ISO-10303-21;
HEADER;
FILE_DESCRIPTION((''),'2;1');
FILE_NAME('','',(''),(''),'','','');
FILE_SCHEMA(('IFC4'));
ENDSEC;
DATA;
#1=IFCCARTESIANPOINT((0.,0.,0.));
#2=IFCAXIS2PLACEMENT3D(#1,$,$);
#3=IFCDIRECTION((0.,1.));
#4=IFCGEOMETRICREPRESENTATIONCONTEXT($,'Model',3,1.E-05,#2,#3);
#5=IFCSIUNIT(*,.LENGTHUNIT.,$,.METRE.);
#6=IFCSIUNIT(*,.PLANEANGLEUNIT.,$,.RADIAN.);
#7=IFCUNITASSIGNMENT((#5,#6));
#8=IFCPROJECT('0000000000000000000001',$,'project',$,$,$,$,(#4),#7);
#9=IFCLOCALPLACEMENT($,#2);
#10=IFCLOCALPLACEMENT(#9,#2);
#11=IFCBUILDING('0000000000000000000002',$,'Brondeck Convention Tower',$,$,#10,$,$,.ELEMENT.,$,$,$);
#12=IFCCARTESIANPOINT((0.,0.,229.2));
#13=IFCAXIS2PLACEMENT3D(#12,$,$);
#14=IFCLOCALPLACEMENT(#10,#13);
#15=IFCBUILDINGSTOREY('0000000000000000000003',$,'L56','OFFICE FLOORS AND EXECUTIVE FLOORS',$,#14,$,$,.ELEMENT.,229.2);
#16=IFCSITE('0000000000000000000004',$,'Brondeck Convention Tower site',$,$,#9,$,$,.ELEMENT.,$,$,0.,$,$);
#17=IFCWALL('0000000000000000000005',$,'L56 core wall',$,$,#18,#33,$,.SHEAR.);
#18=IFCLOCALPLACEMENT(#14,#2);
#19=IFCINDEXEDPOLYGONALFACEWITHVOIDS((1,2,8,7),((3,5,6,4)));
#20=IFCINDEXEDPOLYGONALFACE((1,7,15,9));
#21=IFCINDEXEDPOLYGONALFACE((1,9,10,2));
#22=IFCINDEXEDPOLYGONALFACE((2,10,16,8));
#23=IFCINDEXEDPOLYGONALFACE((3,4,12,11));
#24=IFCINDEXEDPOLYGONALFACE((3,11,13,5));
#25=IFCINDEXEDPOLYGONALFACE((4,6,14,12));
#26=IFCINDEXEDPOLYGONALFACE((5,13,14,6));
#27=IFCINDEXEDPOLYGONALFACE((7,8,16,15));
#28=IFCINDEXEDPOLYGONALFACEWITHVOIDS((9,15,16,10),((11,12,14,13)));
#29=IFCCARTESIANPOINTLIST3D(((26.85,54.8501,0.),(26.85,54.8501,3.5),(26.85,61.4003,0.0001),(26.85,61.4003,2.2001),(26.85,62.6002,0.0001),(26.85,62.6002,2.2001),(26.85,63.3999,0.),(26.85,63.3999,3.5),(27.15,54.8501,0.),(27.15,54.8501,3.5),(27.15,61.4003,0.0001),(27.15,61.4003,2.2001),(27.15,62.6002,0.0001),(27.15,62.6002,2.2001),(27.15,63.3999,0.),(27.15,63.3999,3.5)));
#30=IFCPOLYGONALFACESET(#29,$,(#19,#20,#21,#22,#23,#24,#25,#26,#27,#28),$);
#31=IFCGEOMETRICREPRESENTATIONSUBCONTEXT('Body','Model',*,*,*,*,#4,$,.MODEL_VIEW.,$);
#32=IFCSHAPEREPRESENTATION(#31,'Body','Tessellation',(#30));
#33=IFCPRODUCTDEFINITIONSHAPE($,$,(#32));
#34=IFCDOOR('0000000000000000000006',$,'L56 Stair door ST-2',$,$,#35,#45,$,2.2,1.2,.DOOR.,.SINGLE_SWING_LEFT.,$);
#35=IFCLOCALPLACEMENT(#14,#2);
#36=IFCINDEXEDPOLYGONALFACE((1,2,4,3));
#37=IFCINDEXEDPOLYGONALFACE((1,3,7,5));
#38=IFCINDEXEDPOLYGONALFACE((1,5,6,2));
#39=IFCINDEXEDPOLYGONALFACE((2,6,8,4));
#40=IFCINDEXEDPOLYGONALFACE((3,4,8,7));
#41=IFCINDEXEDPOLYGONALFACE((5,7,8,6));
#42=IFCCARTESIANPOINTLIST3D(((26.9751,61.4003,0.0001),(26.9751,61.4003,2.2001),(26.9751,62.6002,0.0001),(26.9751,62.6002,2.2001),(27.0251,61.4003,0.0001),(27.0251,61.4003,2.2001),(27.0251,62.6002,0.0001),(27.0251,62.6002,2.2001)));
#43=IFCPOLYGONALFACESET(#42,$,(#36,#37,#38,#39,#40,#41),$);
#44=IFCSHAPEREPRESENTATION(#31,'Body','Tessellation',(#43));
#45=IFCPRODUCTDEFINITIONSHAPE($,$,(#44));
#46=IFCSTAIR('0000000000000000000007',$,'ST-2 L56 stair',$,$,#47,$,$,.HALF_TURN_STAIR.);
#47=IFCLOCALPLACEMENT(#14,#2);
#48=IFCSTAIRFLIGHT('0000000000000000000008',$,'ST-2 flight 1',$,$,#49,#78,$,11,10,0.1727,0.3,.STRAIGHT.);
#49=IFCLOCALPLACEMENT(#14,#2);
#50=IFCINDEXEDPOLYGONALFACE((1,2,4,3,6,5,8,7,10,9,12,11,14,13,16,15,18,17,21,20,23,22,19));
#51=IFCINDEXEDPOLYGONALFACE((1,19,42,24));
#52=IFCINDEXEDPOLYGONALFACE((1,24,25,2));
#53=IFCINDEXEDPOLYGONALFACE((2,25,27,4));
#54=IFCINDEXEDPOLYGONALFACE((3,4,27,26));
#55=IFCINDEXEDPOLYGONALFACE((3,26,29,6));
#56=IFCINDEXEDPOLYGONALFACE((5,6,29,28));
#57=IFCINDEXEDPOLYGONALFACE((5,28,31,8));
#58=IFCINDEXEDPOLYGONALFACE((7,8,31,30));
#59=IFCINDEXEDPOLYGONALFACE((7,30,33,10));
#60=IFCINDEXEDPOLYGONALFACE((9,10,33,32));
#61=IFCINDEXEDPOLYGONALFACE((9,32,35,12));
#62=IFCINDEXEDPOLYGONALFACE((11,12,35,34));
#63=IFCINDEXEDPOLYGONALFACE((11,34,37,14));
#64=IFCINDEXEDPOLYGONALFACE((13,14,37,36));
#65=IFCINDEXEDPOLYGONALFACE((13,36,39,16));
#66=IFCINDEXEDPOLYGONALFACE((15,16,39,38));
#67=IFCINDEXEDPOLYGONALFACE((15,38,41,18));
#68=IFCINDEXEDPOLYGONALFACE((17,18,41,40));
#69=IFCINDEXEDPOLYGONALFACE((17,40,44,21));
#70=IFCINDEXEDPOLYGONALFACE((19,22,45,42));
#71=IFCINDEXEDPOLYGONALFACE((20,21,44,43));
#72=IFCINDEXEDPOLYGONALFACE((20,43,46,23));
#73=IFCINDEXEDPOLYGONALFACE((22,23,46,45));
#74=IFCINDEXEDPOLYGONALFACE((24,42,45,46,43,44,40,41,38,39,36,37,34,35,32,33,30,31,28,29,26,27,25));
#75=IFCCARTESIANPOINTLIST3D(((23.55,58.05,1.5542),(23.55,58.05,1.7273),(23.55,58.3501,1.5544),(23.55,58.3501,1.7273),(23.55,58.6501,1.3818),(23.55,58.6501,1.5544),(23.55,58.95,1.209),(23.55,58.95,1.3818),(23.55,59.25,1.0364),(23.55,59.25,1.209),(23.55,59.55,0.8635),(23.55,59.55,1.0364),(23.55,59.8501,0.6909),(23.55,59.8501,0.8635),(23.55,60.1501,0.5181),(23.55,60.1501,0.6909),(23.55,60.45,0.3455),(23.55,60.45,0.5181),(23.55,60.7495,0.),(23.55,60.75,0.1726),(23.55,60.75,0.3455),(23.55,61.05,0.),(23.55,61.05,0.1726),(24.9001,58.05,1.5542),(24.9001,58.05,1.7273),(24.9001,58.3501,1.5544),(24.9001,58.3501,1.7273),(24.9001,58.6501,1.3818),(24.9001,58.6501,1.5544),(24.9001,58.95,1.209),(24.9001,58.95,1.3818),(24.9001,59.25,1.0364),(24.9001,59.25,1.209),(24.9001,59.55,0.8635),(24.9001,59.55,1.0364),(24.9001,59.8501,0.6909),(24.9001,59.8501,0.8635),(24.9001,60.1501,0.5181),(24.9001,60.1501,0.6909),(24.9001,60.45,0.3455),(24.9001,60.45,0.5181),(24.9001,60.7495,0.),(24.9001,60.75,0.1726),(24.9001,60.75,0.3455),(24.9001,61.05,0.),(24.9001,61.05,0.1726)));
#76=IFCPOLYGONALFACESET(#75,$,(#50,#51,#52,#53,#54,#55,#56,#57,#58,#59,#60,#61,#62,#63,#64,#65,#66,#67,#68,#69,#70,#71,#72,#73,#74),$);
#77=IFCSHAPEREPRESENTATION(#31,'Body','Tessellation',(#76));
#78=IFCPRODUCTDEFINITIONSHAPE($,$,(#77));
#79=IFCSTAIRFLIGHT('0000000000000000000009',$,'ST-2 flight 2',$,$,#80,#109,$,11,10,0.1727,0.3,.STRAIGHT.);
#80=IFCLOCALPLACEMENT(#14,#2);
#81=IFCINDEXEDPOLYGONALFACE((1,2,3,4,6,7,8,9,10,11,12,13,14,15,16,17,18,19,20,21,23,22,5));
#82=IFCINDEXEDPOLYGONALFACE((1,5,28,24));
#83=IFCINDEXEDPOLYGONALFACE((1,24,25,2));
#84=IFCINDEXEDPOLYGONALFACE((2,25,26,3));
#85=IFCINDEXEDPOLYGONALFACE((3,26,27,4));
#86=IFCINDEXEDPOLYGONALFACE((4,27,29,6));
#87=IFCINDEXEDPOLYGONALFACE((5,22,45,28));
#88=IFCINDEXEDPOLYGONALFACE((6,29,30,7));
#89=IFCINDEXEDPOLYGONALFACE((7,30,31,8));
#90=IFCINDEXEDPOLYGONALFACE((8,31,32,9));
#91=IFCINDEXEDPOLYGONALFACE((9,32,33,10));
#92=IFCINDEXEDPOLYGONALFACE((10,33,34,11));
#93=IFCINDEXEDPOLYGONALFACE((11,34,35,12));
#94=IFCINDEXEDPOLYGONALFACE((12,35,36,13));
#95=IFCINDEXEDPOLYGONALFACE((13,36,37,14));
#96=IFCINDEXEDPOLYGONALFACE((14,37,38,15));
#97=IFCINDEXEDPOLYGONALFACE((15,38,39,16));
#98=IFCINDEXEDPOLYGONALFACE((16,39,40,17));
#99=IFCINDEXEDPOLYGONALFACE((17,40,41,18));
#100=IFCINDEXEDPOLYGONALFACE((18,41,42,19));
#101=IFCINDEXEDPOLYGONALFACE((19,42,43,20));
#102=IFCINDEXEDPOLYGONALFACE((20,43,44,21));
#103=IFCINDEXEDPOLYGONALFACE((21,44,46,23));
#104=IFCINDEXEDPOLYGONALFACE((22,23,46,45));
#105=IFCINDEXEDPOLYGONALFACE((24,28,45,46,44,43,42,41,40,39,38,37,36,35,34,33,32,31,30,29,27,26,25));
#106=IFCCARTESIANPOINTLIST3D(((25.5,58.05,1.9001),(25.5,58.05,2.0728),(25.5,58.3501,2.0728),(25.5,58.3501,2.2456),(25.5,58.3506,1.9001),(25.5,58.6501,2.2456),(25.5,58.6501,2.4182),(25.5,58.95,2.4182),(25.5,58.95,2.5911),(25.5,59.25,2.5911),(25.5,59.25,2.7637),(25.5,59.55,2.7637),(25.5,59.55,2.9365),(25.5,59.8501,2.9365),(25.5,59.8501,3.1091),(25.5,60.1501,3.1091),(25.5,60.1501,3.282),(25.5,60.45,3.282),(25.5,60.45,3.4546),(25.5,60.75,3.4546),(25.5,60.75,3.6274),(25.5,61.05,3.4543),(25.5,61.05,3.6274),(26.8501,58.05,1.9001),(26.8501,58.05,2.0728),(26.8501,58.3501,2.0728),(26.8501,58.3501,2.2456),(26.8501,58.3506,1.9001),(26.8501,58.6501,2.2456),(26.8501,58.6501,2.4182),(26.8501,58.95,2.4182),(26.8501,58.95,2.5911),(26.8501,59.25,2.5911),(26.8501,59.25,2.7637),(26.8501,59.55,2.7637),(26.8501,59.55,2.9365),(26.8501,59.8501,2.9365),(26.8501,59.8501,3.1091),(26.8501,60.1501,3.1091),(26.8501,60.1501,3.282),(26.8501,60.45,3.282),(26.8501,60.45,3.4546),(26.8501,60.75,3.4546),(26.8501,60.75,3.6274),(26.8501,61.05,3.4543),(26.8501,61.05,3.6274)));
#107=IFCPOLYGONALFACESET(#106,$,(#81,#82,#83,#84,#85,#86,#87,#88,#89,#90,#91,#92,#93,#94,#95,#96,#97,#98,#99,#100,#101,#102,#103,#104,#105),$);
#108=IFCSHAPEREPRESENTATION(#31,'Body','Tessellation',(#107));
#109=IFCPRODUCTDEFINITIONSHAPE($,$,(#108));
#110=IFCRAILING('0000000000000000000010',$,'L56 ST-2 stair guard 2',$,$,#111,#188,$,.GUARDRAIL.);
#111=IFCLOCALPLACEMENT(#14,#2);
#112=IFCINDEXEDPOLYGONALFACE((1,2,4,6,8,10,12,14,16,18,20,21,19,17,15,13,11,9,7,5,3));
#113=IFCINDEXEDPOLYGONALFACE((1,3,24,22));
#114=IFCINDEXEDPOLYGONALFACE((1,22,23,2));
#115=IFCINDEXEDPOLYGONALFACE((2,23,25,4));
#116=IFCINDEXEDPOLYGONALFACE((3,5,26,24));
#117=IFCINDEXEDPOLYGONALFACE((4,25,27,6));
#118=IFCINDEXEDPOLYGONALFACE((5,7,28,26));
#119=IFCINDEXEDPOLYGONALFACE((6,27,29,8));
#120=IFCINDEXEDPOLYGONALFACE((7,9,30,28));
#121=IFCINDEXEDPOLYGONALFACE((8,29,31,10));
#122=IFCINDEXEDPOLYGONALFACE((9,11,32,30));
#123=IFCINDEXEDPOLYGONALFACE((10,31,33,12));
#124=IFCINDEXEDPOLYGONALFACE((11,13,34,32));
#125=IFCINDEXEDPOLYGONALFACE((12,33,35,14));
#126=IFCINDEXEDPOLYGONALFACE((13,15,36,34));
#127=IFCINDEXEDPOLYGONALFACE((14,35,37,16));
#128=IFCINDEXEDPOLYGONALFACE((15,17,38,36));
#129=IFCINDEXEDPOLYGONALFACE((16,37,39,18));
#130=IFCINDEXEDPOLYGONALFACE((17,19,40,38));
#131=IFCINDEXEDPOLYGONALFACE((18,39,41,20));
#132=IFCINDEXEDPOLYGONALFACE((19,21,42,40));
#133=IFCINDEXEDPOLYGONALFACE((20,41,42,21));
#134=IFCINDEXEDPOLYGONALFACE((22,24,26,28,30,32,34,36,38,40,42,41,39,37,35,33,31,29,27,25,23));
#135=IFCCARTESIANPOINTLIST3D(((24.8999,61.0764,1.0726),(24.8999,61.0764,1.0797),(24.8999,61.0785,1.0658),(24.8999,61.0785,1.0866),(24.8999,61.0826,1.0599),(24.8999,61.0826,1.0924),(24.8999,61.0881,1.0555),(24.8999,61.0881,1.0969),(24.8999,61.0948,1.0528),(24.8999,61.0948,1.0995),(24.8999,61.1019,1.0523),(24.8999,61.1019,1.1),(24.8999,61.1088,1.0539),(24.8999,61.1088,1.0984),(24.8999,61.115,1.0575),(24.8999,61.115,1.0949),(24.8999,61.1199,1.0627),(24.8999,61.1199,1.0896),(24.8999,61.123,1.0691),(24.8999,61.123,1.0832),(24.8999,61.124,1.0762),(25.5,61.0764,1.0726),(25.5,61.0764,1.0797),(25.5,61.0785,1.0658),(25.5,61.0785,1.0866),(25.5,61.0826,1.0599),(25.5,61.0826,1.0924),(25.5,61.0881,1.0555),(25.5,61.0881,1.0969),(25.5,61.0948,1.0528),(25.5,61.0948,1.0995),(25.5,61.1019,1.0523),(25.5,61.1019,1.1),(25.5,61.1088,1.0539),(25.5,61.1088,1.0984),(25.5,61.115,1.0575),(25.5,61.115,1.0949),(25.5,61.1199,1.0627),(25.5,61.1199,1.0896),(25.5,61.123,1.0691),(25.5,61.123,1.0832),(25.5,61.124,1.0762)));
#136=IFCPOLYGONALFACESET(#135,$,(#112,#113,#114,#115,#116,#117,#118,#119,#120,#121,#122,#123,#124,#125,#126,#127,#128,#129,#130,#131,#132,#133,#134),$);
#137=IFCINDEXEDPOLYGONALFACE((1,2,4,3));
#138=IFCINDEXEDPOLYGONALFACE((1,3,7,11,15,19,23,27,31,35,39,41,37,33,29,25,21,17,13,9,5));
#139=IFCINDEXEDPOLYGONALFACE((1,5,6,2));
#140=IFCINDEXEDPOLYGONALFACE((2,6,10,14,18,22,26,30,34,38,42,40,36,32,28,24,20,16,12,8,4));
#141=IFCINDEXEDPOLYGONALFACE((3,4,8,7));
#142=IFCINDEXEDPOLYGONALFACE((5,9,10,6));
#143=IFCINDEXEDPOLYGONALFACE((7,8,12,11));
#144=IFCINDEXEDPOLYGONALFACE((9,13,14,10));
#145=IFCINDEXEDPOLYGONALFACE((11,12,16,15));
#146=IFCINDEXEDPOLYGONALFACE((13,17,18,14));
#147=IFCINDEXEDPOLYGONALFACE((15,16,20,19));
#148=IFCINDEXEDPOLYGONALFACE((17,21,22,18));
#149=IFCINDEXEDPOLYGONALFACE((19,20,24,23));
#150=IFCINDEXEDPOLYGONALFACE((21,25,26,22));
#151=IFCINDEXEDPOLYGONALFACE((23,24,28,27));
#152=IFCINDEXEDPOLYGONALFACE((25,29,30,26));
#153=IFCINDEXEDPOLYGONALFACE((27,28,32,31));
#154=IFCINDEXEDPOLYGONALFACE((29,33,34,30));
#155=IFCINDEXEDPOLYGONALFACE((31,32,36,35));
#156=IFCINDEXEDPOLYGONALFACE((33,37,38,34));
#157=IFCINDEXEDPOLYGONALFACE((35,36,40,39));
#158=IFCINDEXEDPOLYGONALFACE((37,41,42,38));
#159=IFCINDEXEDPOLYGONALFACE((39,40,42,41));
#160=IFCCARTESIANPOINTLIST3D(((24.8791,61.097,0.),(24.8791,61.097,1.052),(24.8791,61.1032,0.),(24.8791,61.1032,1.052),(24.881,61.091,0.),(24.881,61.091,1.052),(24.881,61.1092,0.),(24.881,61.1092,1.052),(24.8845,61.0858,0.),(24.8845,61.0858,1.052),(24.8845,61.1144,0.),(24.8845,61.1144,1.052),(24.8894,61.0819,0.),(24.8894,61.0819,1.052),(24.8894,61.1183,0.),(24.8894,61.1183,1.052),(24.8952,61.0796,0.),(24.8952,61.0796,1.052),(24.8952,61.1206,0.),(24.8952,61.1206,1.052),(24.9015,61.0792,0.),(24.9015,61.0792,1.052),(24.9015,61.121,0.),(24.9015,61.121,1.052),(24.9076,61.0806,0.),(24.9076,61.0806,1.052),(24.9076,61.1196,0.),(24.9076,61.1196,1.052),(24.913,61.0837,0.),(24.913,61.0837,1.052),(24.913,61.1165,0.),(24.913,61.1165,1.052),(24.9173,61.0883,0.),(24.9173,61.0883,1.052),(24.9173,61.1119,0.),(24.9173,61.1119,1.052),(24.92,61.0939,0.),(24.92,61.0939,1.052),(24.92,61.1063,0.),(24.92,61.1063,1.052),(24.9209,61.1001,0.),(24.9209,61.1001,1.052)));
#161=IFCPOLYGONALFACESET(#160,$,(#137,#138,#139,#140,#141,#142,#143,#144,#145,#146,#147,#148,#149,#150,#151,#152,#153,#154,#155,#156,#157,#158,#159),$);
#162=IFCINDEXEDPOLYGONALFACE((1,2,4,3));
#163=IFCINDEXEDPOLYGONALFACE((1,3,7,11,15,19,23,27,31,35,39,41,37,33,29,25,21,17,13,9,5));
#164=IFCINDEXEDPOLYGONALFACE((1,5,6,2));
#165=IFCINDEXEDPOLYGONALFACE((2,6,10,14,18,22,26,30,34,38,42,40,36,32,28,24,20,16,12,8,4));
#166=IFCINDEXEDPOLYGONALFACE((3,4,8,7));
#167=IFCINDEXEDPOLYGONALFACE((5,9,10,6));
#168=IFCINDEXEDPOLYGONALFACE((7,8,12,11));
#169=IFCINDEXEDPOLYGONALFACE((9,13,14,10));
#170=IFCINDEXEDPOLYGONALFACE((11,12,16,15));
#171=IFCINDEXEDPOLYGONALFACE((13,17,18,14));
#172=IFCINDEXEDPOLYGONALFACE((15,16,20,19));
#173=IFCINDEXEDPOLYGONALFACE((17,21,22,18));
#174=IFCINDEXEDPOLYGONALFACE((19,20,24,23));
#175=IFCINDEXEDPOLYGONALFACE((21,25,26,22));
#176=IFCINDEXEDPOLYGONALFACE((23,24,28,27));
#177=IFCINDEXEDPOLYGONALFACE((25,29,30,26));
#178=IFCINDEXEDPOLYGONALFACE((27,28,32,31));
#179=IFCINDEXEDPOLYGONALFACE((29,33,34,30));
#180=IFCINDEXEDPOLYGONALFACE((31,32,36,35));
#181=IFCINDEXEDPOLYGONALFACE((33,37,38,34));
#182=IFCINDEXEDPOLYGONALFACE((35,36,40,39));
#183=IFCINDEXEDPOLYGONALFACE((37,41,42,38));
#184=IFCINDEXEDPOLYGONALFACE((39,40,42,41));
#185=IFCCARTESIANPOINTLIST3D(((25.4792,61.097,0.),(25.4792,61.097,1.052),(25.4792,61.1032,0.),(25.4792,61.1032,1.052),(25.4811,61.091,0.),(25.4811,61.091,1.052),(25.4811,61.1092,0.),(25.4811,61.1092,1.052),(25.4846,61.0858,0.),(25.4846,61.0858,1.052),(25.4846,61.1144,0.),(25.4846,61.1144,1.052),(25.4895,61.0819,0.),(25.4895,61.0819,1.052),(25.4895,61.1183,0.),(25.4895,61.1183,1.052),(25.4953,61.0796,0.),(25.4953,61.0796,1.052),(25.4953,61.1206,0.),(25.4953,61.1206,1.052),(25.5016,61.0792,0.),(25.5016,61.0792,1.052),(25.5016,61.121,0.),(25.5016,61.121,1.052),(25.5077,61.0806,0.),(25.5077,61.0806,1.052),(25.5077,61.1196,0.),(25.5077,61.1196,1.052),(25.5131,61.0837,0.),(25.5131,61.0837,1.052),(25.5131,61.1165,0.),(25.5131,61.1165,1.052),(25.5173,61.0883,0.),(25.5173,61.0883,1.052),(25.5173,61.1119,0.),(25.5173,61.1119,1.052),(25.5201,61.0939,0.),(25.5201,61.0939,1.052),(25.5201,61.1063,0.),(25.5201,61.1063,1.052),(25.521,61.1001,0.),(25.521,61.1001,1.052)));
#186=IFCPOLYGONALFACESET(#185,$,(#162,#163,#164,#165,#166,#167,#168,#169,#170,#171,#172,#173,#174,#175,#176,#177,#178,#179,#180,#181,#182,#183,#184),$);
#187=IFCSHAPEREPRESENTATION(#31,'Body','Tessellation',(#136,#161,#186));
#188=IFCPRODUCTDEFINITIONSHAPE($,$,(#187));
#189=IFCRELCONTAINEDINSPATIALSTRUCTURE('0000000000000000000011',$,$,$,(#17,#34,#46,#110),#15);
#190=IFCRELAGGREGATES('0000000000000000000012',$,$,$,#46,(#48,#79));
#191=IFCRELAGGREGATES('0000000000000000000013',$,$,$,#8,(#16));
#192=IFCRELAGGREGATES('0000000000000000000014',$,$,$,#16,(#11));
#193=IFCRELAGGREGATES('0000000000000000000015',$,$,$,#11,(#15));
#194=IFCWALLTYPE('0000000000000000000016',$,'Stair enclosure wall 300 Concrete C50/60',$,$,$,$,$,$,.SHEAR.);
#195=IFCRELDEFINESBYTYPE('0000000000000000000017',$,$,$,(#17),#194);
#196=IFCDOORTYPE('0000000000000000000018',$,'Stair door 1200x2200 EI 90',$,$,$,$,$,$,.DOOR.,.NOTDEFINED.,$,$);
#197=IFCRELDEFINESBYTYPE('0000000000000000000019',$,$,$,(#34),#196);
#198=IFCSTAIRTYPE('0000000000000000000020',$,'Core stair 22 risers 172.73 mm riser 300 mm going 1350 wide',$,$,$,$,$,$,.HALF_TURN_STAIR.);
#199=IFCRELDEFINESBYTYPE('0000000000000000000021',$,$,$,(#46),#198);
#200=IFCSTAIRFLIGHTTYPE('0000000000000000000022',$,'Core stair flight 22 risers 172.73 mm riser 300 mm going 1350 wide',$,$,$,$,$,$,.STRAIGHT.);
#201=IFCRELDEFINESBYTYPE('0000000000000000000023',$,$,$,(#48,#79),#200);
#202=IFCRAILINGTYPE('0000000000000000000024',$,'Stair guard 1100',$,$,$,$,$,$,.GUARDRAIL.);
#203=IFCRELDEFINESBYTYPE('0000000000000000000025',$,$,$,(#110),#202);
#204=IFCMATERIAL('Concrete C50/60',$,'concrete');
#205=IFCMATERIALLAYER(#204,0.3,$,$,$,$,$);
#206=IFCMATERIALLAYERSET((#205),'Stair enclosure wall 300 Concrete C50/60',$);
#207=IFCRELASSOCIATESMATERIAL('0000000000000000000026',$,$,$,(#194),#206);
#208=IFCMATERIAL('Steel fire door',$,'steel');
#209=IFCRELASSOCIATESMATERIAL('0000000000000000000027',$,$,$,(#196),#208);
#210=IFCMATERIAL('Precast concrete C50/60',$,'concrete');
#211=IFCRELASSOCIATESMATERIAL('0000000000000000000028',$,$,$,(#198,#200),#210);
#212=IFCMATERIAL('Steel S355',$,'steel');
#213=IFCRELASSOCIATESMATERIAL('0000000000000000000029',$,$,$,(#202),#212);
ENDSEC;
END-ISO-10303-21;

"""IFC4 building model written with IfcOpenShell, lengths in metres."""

from ifc_helpers import new_model, si_unit, direction, frame, frame_2d, origin, origin_2d, place, context, subcontext, project, spatial, polyline, rectangle, circle, outline, extrude, material, layer, layer_set, type_object, element, fill, aggregate, save


model = new_model("IFC4")

# Units and contexts
model_context = context("Model", 3, precision=1e-05, world=origin(), true_north=direction((0.0, 1.0)))
body_context = subcontext(model_context, "Body", "Model", "MODEL_VIEW")
ifc_project = project(units=[si_unit("LENGTHUNIT", "METRE"), si_unit("PLANEANGLEUNIT", "RADIAN")], contexts=[model_context])

# Site, building, storey
site_placement = place(None, origin())
site = spatial("IfcSite", under=ifc_project, at=site_placement, Name="Brondeck Convention Tower site", CompositionType="ELEMENT", RefElevation=0.0)
building_placement = place(site_placement, origin())
building = spatial("IfcBuilding", under=site, at=building_placement, Name="Brondeck Convention Tower", CompositionType="ELEMENT")
storey_placement = place(building_placement, frame((0.0, 0.0, 229.2)))
storey = spatial("IfcBuildingStorey", under=building, at=storey_placement, Name="L56", Description="OFFICE FLOORS AND EXECUTIVE FLOORS", CompositionType="ELEMENT", Elevation=229.2)

# Shared definitions
ifc_material_1 = material(Name="Concrete C50/60", Category="concrete")

# Shared definitions
ifc_material_2 = material(Name="Steel fire door", Category="steel")

# Shared definitions
ifc_layer_1 = layer(ifc_material_1, 0.3)
ifc_layer_set_1 = layer_set([ifc_layer_1], Name="Stair enclosure wall 300 Concrete C50/60")
wall_type_1 = type_object("IfcWallType", Name="Stair enclosure wall 300 Concrete C50/60", PredefinedType="SHEAR", material=ifc_layer_set_1)

# Wall, opening, door
wall_1_placement = place(storey_placement, frame((27.0, 54.8501, 0.0), z_axis=(0.0, 0.0, 1.0), x_axis=(0.0, 1.0, 0.0)))
wall_1 = element("IfcWall", 1, at=wall_1_placement, inside=storey, type_object=wall_type_1, Name="L56 core wall", PredefinedType="SHEAR", context=body_context, shape_type="SweptSolid", body=[
    extrude(rectangle(XDim=8.5498, YDim=0.3, at=frame_2d((4.2749, 0.0))), origin(), (0.0, 0.0, 1.0), 3.5),
])
opening_1_placement = place(wall_1_placement, frame((6.55, 0.0, 0.0)))
opening_1 = element("IfcOpeningElement", 2, at=opening_1_placement, cuts=wall_1, PredefinedType="OPENING", context=body_context, shape_type="SweptSolid", body=[
    extrude(rectangle(XDim=1.2, YDim=2.2, at=frame_2d((0.6001, 1.1001))), frame((0.0, 0.1599, 0.0), z_axis=(0.0, -1.0, 0.0), x_axis=(1.0, 0.0, 0.0)), (0.0, 0.0, 1.0), 0.3201),
])
door_type_1 = type_object("IfcDoorType", Name="Stair door 1200x2200 EI 90", OperationType="NOTDEFINED", PredefinedType="DOOR", material=ifc_material_2)
door_1_placement = place(opening_1_placement, origin())
door_1 = element("IfcDoor", 3, at=door_1_placement, inside=storey, type_object=door_type_1, Name="L56 Stair door ST-2", OperationType="SINGLE_SWING_LEFT", OverallHeight=2.2, OverallWidth=1.2, PredefinedType="DOOR", context=body_context, shape_type="SweptSolid", body=[
    extrude(rectangle(XDim=1.2, YDim=2.2, at=frame_2d((0.6001, 1.1001))), frame((0.0, 0.0249, 0.0), z_axis=(0.0, -1.0, 0.0), x_axis=(1.0, 0.0, 0.0)), (0.0, 0.0, 1.0), 0.05),
])
fill(opening_1, door_1)

# Stair, stair flights
ifc_material_3 = material(Name="Precast concrete C50/60", Category="concrete")
stair_type = type_object("IfcStairType", Name="Core stair 22 risers 172.73 mm riser 300 mm going 1350 wide", PredefinedType="HALF_TURN_STAIR", material=ifc_material_3)
stair_placement = place(storey_placement, origin())
stair = element("IfcStair", 4, at=stair_placement, inside=storey, type_object=stair_type, Name="ST-2 L56 stair", PredefinedType="HALF_TURN_STAIR")
stair_flight_type = type_object("IfcStairFlightType", Name="Core stair flight 22 risers 172.73 mm riser 300 mm going 1350 wide", PredefinedType="STRAIGHT", material=ifc_material_3)
stair_flight_1_placement = place(storey_placement, frame((24.2251, 61.05, 0.0), z_axis=(0.0, 0.0, 1.0), x_axis=(0.0, -1.0, 0.0)))
stair_flight_1 = element("IfcStairFlight", 5, at=stair_flight_1_placement, type_object=stair_flight_type, Name="ST-2 flight 1", NumberOfRisers=11, NumberOfTreads=10, PredefinedType="STRAIGHT", RiserHeight=0.1727, TreadLength=0.3, context=body_context, shape_type="SweptSolid", body=[
    extrude(outline(polyline([(0.0, 0.0), (0.0, 0.1726), (0.3, 0.1726), (0.3, 0.3455), (0.6001, 0.3455), (0.6001, 0.5181), (0.8999, 0.5181), (0.8999, 0.6909), (1.2, 0.6909), (1.2, 0.8635), (1.5, 0.8635), (1.5, 1.0364), (1.8, 1.0364), (1.8, 1.209), (2.1001, 1.209), (2.1001, 1.3818), (2.3999, 1.3818), (2.3999, 1.5544), (2.7, 1.5544), (2.7, 1.7273), (3.0, 1.7273), (3.0, 1.8999), (3.0, 1.5542), (0.3005, 0.0), (0.0, 0.0)])), frame((0.0, 0.675, 0.0), z_axis=(0.0, -1.0, 0.0), x_axis=(1.0, 0.0, 0.0)), (0.0, 0.0, 1.0), 1.3501),
])
stair_flight_2_placement = place(storey_placement, frame((26.175, 58.05, 1.9001), z_axis=(0.0, 0.0, 1.0), x_axis=(0.0, 1.0, 0.0)))
stair_flight_2 = element("IfcStairFlight", 6, at=stair_flight_2_placement, type_object=stair_flight_type, Name="ST-2 flight 2", NumberOfRisers=11, NumberOfTreads=10, PredefinedType="STRAIGHT", RiserHeight=0.1727, TreadLength=0.3, context=body_context, shape_type="SweptSolid", body=[
    extrude(outline(polyline([(0.0, 0.0), (0.0, 0.1726), (0.3, 0.1726), (0.3, 0.3455), (0.6001, 0.3455), (0.6001, 0.5181), (0.8999, 0.5181), (0.8999, 0.6909), (1.2, 0.6909), (1.2, 0.8635), (1.5, 0.8635), (1.5, 1.0364), (1.8, 1.0364), (1.8, 1.209), (2.1001, 1.209), (2.1001, 1.3818), (2.3999, 1.3818), (2.3999, 1.5544), (2.7, 1.5544), (2.7, 1.7273), (3.0, 1.7273), (3.0, 1.8999), (3.0, 1.5542), (0.3005, 0.0), (0.0, 0.0)])), frame((0.0, 0.675, 0.0), z_axis=(0.0, -1.0, 0.0), x_axis=(1.0, 0.0, 0.0)), (0.0, 0.0, 1.0), 1.3501),
])
aggregate(stair, [stair_flight_1, stair_flight_2])

# Railing
ifc_material_4 = material(Name="Steel S355", Category="steel")
railing_type_1 = type_object("IfcRailingType", Name="Stair guard 1100", PredefinedType="GUARDRAIL", material=ifc_material_4)
railing_1_placement = place(storey_placement, frame((24.8999, 61.1001, 0.0)))
element("IfcRailing", 7, at=railing_1_placement, inside=storey, type_object=railing_type_1, Name="L56 ST-2 stair guard 2", PredefinedType="GUARDRAIL", context=body_context, shape_type="SweptSolid", body=[
    extrude(circle(Radius=0.0239, at=origin_2d()), frame((0.0, 0.0, 1.0762), z_axis=(1.0, 0.0, 0.0), x_axis=(0.0, 1.0, 0.0)), (0.0, 0.0, 1.0), 0.6001),
    extrude(circle(Radius=0.021, at=origin_2d()), origin(), (0.0, 0.0, 1.0), 1.052),
    extrude(circle(Radius=0.021, at=origin_2d()), frame((0.6001, 0.0, 0.0)), (0.0, 0.0, 1.0), 1.052),
])

save(model, "model.ifc")
